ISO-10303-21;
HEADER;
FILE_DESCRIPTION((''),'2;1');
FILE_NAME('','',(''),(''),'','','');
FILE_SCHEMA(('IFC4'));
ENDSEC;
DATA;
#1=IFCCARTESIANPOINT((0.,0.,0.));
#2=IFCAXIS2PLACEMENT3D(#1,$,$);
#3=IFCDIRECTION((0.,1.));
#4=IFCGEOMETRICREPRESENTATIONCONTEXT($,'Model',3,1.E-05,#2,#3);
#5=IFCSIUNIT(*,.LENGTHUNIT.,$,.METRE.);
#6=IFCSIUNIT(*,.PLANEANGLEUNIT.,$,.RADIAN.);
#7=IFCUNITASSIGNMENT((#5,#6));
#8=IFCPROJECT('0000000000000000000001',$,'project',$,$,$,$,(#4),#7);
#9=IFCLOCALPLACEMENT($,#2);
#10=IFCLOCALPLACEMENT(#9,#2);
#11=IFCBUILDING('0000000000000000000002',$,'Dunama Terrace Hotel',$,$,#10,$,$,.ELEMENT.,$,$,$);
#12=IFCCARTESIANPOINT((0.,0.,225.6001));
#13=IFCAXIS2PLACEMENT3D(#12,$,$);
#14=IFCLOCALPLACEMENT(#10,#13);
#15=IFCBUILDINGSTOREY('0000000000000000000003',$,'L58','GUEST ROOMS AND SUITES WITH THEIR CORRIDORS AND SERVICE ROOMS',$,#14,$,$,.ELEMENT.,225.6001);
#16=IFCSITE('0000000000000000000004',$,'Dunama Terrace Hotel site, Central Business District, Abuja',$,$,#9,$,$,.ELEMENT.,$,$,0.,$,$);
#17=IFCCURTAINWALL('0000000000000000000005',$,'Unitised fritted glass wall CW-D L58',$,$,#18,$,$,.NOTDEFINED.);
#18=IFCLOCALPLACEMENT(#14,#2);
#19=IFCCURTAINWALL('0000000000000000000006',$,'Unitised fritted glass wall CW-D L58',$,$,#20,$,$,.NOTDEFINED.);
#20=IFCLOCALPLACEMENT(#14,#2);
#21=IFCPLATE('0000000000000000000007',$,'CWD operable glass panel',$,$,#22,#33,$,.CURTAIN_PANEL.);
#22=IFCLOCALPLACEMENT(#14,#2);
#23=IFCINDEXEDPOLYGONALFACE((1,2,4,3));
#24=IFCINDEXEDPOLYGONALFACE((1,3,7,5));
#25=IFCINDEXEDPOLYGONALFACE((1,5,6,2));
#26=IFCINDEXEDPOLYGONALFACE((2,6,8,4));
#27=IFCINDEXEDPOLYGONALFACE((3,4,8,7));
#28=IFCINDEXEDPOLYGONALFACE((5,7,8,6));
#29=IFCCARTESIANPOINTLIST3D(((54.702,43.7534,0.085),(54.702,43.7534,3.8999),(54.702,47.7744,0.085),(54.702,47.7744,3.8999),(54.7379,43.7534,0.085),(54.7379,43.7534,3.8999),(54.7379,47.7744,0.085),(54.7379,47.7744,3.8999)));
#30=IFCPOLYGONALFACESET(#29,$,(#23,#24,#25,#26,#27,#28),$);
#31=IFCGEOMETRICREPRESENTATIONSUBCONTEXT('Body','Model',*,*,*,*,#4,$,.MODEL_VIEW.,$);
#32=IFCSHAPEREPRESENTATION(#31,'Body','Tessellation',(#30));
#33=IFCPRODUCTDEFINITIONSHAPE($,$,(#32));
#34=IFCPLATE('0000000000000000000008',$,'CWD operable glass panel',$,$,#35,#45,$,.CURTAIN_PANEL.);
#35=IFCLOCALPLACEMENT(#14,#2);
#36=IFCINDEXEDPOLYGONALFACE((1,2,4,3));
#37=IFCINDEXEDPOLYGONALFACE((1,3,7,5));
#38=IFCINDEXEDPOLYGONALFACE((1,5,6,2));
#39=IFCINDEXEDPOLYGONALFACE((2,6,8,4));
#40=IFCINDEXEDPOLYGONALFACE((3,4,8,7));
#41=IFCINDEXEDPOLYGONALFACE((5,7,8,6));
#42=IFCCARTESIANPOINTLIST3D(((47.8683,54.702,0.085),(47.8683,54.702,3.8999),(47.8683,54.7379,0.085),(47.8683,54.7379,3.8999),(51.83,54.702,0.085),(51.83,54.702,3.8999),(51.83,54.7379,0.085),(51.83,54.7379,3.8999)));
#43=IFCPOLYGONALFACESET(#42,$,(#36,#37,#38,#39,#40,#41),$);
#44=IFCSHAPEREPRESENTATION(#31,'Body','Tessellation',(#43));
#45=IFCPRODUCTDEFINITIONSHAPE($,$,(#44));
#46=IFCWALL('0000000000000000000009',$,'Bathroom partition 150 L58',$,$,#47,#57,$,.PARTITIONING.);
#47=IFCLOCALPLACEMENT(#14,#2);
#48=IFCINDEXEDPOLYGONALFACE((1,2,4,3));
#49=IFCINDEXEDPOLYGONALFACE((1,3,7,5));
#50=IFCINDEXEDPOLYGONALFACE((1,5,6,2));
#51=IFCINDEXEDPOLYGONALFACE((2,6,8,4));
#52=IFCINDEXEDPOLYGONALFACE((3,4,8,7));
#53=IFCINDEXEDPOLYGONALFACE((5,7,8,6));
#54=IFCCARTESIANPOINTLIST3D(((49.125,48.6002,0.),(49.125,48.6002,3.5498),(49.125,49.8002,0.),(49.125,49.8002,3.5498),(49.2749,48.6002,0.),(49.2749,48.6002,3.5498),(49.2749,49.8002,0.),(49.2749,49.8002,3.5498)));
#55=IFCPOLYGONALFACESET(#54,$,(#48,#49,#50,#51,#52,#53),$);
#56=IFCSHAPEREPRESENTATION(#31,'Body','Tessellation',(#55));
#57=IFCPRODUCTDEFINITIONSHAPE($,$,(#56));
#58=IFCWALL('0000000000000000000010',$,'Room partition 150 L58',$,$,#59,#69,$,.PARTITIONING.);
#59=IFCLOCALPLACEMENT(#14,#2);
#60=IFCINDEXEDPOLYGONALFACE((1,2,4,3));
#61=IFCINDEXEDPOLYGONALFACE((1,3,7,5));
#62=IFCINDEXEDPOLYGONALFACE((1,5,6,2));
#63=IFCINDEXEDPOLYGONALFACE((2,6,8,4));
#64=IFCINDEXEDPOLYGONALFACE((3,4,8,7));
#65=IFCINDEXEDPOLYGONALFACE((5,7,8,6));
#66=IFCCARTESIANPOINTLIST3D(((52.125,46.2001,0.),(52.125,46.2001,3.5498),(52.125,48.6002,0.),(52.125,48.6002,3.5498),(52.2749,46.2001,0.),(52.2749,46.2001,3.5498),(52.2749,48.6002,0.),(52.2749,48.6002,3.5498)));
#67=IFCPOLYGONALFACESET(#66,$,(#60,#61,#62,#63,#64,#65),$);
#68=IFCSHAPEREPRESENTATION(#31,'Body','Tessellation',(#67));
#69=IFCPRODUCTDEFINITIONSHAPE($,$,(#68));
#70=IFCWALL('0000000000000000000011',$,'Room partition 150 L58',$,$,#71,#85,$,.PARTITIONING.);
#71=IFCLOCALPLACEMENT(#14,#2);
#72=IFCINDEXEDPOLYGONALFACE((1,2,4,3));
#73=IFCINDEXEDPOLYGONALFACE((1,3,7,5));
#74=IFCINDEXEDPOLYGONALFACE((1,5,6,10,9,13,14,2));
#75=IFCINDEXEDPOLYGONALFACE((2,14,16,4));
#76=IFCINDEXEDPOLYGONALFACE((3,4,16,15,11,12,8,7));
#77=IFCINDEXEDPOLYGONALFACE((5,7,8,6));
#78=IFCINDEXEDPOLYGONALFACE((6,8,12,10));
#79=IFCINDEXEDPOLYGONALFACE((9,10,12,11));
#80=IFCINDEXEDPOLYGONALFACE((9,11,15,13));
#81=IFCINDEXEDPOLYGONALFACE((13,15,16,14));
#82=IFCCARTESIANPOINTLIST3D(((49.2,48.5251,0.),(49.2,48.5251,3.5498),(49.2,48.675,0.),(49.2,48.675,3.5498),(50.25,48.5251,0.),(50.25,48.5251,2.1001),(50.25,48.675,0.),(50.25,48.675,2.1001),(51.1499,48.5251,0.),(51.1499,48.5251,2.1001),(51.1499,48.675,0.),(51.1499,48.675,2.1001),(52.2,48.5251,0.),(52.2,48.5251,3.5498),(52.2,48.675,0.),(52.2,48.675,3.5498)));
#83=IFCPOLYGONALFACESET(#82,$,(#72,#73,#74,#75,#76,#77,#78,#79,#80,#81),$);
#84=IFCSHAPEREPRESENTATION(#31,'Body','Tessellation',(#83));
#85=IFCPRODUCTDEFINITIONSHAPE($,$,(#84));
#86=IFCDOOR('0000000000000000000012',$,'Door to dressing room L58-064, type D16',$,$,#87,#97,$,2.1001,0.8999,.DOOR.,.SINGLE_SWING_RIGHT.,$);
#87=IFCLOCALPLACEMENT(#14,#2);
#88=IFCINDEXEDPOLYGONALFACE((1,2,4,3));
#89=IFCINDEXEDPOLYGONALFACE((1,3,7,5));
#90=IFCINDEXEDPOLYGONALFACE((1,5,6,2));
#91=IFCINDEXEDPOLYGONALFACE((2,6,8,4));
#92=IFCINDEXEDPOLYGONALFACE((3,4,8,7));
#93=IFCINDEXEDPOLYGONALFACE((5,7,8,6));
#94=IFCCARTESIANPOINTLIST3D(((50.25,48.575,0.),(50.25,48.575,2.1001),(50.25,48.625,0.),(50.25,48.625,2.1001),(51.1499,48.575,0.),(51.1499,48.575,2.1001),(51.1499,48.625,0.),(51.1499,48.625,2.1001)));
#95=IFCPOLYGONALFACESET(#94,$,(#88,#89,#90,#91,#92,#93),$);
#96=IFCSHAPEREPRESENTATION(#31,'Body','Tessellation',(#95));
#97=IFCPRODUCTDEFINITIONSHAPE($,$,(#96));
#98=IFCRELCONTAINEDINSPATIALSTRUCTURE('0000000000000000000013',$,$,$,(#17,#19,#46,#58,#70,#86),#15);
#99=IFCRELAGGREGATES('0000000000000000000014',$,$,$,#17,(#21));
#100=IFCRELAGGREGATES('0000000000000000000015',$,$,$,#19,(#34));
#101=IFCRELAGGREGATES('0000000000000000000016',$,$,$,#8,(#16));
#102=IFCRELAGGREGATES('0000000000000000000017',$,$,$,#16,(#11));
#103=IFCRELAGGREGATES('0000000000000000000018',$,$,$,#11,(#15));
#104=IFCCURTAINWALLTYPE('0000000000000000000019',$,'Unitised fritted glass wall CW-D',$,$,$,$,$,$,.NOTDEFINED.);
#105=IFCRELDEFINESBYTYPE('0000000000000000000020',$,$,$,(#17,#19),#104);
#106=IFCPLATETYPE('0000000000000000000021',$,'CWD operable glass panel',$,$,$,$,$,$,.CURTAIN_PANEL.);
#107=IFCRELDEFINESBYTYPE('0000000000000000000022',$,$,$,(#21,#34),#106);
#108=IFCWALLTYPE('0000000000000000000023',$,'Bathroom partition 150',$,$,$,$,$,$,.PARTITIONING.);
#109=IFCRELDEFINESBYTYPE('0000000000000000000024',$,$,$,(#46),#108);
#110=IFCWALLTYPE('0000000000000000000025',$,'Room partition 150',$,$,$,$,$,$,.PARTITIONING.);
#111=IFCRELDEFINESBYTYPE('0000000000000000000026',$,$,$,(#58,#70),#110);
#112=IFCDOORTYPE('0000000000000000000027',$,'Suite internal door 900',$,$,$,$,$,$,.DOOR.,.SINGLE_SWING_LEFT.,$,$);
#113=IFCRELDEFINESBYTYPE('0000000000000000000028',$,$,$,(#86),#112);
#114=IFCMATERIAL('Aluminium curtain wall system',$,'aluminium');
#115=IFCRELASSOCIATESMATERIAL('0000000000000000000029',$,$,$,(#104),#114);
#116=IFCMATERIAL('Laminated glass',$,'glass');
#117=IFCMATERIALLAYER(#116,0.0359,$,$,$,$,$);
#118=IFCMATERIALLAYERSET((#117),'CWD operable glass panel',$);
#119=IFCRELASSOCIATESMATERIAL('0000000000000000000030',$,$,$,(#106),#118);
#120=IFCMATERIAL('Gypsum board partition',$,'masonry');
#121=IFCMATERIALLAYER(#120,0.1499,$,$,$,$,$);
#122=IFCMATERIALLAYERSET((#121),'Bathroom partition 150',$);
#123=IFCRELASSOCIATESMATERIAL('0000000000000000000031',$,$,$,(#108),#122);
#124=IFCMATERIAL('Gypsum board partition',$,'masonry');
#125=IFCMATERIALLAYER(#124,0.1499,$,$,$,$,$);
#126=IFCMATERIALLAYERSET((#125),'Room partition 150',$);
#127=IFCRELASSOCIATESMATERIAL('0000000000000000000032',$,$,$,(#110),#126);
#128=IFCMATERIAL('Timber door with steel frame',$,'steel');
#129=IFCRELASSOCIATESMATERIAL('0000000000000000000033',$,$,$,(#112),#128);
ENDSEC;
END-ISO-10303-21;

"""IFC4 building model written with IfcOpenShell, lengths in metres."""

from ifc_helpers import new_model, si_unit, direction, frame, frame_2d, origin, origin_2d, place, context, subcontext, project, spatial, rectangle, extrude, material, layer, layer_set, type_object, element, fill, aggregate, save


model = new_model("IFC4")

# Units and contexts
model_context = context("Model", 3, precision=1e-05, world=origin(), true_north=direction((0.0, 1.0)))
body_context = subcontext(model_context, "Body", "Model", "MODEL_VIEW")
ifc_project = project(units=[si_unit("LENGTHUNIT", "METRE"), si_unit("PLANEANGLEUNIT", "RADIAN")], contexts=[model_context])

# Site, building, storey
site_placement = place(None, origin())
site = spatial("IfcSite", under=ifc_project, at=site_placement, Name="Dunama Terrace Hotel site, Central Business District, Abuja", CompositionType="ELEMENT", RefElevation=0.0)
building_placement = place(site_placement, origin())
building = spatial("IfcBuilding", under=site, at=building_placement, Name="Dunama Terrace Hotel", CompositionType="ELEMENT")
storey_placement = place(building_placement, frame((0.0, 0.0, 225.6001)))
storey = spatial("IfcBuildingStorey", under=building, at=storey_placement, Name="L58", Description="GUEST ROOMS AND SUITES WITH THEIR CORRIDORS AND SERVICE ROOMS", CompositionType="ELEMENT", Elevation=225.6001)

# Curtain wall
ifc_material_1 = material(Name="Aluminium curtain wall system", Category="aluminium")
curtain_wall_type = type_object("IfcCurtainWallType", Name="Unitised fritted glass wall CW-D", PredefinedType="NOTDEFINED", material=ifc_material_1)
curtain_wall_1_placement = place(storey_placement, origin())
curtain_wall_1 = element("IfcCurtainWall", 1, at=curtain_wall_1_placement, inside=storey, type_object=curtain_wall_type, Name="Unitised fritted glass wall CW-D L58", PredefinedType="NOTDEFINED")

# Curtain wall
curtain_wall_2_placement = place(storey_placement, origin())
curtain_wall_2 = element("IfcCurtainWall", 2, at=curtain_wall_2_placement, inside=storey, type_object=curtain_wall_type, Name="Unitised fritted glass wall CW-D L58", PredefinedType="NOTDEFINED")

# Plates
ifc_material_2 = material(Name="Laminated glass", Category="glass")
ifc_layer_1 = layer(ifc_material_2, 0.0359)
ifc_layer_set_1 = layer_set([ifc_layer_1], Name="CWD operable glass panel")
plate_type_1 = type_object("IfcPlateType", Name="CWD operable glass panel", PredefinedType="CURTAIN_PANEL", material=ifc_layer_set_1)
plate_1_placement = place(storey_placement, frame((54.72, 45.7639, 0.085), z_axis=(0.0, 0.0, 1.0), x_axis=(0.0, 1.0, 0.0)))
plate_1 = element("IfcPlate", 3, at=plate_1_placement, type_object=plate_type_1, Name="CWD operable glass panel", PredefinedType="CURTAIN_PANEL", context=body_context, shape_type="SweptSolid", body=[
    extrude(rectangle(XDim=4.021, YDim=0.0359, at=origin_2d()), origin(), (0.0, 0.0, 1.0), 3.8149),
])
aggregate(curtain_wall_1, [plate_1])
plate_2_placement = place(storey_placement, frame((49.8491, 54.72, 0.085), z_axis=(0.0, 0.0, 1.0), x_axis=(-1.0, 0.0, 0.0)))
plate_2 = element("IfcPlate", 4, at=plate_2_placement, type_object=plate_type_1, Name="CWD operable glass panel", PredefinedType="CURTAIN_PANEL", context=body_context, shape_type="SweptSolid", body=[
    extrude(rectangle(XDim=3.9617, YDim=0.0359, at=origin_2d()), origin(), (0.0, 0.0, 1.0), 3.8149),
])
aggregate(curtain_wall_2, [plate_2])

# Walls
ifc_material_3 = material(Name="Gypsum board partition", Category="masonry")
ifc_layer_2 = layer(ifc_material_3, 0.1499)
ifc_layer_set_2 = layer_set([ifc_layer_2], Name="Bathroom partition 150")
wall_type_1 = type_object("IfcWallType", Name="Bathroom partition 150", PredefinedType="PARTITIONING", material=ifc_layer_set_2)
wall_1_placement = place(storey_placement, frame((49.2, 48.6001, 0.0), z_axis=(0.0, 0.0, 1.0), x_axis=(0.0, 1.0, 0.0)))
element("IfcWall", 5, at=wall_1_placement, inside=storey, type_object=wall_type_1, Name="Bathroom partition 150 L58", PredefinedType="PARTITIONING", context=body_context, shape_type="SweptSolid", body=[
    extrude(rectangle(XDim=1.2, YDim=0.1499, at=frame_2d((0.6001, 0.0))), origin(), (0.0, 0.0, 1.0), 3.5498),
])
ifc_material_4 = material(Name="Gypsum board partition", Category="masonry")
ifc_layer_3 = layer(ifc_material_4, 0.1499)
ifc_layer_set_3 = layer_set([ifc_layer_3], Name="Room partition 150")
wall_type_2 = type_object("IfcWallType", Name="Room partition 150", PredefinedType="PARTITIONING", material=ifc_layer_set_3)
wall_2_placement = place(storey_placement, frame((52.2, 46.2, 0.0), z_axis=(0.0, 0.0, 1.0), x_axis=(0.0, 1.0, 0.0)))
element("IfcWall", 6, at=wall_2_placement, inside=storey, type_object=wall_type_2, Name="Room partition 150 L58", PredefinedType="PARTITIONING", context=body_context, shape_type="SweptSolid", body=[
    extrude(rectangle(XDim=2.4001, YDim=0.1499, at=frame_2d((1.2002, 0.0))), origin(), (0.0, 0.0, 1.0), 3.5498),
])

# Wall, opening, door
wall_3_placement = place(storey_placement, frame((49.2, 48.6001, 0.0), z_axis=(0.0, 0.0, 1.0), x_axis=(1.0, 0.0, 0.0)))
wall_3 = element("IfcWall", 7, at=wall_3_placement, inside=storey, type_object=wall_type_2, Name="Room partition 150 L58", PredefinedType="PARTITIONING", context=body_context, shape_type="SweptSolid", body=[
    extrude(rectangle(XDim=3.0, YDim=0.1499, at=frame_2d((1.5, 0.0))), origin(), (0.0, 0.0, 1.0), 3.5498),
])
opening_placement = place(wall_3_placement, frame((1.05, 0.0, 0.0)))
opening = element("IfcOpeningElement", 8, at=opening_placement, cuts=wall_3, PredefinedType="OPENING", context=body_context, shape_type="SweptSolid", body=[
    extrude(rectangle(XDim=0.8999, YDim=2.1001, at=frame_2d((0.45, 1.05))), frame((0.0, 0.085, 0.0), z_axis=(0.0, -1.0, 0.0), x_axis=(1.0, 0.0, 0.0)), (0.0, 0.0, 1.0), 0.1699),
])
ifc_material_5 = material(Name="Timber door with steel frame", Category="steel")
door_type = type_object("IfcDoorType", Name="Suite internal door 900", OperationType="SINGLE_SWING_LEFT", PredefinedType="DOOR", material=ifc_material_5)
door_placement = place(opening_placement, frame((0.8999, 0.0, 0.0), z_axis=(0.0, 0.0, 1.0), x_axis=(-1.0, 0.0, 0.0)))
door = element("IfcDoor", 9, at=door_placement, inside=storey, type_object=door_type, Name="Door to dressing room L58-064, type D16", OperationType="SINGLE_SWING_RIGHT", OverallHeight=2.1001, OverallWidth=0.8999, PredefinedType="DOOR", context=body_context, shape_type="SweptSolid", body=[
    extrude(rectangle(XDim=0.8999, YDim=2.1001, at=frame_2d((0.45, 1.05))), frame((0.0, 0.0251, 0.0), z_axis=(0.0, -1.0, 0.0), x_axis=(1.0, 0.0, 0.0)), (0.0, 0.0, 1.0), 0.05),
])
fill(opening, door)

save(model, "model.ifc")
